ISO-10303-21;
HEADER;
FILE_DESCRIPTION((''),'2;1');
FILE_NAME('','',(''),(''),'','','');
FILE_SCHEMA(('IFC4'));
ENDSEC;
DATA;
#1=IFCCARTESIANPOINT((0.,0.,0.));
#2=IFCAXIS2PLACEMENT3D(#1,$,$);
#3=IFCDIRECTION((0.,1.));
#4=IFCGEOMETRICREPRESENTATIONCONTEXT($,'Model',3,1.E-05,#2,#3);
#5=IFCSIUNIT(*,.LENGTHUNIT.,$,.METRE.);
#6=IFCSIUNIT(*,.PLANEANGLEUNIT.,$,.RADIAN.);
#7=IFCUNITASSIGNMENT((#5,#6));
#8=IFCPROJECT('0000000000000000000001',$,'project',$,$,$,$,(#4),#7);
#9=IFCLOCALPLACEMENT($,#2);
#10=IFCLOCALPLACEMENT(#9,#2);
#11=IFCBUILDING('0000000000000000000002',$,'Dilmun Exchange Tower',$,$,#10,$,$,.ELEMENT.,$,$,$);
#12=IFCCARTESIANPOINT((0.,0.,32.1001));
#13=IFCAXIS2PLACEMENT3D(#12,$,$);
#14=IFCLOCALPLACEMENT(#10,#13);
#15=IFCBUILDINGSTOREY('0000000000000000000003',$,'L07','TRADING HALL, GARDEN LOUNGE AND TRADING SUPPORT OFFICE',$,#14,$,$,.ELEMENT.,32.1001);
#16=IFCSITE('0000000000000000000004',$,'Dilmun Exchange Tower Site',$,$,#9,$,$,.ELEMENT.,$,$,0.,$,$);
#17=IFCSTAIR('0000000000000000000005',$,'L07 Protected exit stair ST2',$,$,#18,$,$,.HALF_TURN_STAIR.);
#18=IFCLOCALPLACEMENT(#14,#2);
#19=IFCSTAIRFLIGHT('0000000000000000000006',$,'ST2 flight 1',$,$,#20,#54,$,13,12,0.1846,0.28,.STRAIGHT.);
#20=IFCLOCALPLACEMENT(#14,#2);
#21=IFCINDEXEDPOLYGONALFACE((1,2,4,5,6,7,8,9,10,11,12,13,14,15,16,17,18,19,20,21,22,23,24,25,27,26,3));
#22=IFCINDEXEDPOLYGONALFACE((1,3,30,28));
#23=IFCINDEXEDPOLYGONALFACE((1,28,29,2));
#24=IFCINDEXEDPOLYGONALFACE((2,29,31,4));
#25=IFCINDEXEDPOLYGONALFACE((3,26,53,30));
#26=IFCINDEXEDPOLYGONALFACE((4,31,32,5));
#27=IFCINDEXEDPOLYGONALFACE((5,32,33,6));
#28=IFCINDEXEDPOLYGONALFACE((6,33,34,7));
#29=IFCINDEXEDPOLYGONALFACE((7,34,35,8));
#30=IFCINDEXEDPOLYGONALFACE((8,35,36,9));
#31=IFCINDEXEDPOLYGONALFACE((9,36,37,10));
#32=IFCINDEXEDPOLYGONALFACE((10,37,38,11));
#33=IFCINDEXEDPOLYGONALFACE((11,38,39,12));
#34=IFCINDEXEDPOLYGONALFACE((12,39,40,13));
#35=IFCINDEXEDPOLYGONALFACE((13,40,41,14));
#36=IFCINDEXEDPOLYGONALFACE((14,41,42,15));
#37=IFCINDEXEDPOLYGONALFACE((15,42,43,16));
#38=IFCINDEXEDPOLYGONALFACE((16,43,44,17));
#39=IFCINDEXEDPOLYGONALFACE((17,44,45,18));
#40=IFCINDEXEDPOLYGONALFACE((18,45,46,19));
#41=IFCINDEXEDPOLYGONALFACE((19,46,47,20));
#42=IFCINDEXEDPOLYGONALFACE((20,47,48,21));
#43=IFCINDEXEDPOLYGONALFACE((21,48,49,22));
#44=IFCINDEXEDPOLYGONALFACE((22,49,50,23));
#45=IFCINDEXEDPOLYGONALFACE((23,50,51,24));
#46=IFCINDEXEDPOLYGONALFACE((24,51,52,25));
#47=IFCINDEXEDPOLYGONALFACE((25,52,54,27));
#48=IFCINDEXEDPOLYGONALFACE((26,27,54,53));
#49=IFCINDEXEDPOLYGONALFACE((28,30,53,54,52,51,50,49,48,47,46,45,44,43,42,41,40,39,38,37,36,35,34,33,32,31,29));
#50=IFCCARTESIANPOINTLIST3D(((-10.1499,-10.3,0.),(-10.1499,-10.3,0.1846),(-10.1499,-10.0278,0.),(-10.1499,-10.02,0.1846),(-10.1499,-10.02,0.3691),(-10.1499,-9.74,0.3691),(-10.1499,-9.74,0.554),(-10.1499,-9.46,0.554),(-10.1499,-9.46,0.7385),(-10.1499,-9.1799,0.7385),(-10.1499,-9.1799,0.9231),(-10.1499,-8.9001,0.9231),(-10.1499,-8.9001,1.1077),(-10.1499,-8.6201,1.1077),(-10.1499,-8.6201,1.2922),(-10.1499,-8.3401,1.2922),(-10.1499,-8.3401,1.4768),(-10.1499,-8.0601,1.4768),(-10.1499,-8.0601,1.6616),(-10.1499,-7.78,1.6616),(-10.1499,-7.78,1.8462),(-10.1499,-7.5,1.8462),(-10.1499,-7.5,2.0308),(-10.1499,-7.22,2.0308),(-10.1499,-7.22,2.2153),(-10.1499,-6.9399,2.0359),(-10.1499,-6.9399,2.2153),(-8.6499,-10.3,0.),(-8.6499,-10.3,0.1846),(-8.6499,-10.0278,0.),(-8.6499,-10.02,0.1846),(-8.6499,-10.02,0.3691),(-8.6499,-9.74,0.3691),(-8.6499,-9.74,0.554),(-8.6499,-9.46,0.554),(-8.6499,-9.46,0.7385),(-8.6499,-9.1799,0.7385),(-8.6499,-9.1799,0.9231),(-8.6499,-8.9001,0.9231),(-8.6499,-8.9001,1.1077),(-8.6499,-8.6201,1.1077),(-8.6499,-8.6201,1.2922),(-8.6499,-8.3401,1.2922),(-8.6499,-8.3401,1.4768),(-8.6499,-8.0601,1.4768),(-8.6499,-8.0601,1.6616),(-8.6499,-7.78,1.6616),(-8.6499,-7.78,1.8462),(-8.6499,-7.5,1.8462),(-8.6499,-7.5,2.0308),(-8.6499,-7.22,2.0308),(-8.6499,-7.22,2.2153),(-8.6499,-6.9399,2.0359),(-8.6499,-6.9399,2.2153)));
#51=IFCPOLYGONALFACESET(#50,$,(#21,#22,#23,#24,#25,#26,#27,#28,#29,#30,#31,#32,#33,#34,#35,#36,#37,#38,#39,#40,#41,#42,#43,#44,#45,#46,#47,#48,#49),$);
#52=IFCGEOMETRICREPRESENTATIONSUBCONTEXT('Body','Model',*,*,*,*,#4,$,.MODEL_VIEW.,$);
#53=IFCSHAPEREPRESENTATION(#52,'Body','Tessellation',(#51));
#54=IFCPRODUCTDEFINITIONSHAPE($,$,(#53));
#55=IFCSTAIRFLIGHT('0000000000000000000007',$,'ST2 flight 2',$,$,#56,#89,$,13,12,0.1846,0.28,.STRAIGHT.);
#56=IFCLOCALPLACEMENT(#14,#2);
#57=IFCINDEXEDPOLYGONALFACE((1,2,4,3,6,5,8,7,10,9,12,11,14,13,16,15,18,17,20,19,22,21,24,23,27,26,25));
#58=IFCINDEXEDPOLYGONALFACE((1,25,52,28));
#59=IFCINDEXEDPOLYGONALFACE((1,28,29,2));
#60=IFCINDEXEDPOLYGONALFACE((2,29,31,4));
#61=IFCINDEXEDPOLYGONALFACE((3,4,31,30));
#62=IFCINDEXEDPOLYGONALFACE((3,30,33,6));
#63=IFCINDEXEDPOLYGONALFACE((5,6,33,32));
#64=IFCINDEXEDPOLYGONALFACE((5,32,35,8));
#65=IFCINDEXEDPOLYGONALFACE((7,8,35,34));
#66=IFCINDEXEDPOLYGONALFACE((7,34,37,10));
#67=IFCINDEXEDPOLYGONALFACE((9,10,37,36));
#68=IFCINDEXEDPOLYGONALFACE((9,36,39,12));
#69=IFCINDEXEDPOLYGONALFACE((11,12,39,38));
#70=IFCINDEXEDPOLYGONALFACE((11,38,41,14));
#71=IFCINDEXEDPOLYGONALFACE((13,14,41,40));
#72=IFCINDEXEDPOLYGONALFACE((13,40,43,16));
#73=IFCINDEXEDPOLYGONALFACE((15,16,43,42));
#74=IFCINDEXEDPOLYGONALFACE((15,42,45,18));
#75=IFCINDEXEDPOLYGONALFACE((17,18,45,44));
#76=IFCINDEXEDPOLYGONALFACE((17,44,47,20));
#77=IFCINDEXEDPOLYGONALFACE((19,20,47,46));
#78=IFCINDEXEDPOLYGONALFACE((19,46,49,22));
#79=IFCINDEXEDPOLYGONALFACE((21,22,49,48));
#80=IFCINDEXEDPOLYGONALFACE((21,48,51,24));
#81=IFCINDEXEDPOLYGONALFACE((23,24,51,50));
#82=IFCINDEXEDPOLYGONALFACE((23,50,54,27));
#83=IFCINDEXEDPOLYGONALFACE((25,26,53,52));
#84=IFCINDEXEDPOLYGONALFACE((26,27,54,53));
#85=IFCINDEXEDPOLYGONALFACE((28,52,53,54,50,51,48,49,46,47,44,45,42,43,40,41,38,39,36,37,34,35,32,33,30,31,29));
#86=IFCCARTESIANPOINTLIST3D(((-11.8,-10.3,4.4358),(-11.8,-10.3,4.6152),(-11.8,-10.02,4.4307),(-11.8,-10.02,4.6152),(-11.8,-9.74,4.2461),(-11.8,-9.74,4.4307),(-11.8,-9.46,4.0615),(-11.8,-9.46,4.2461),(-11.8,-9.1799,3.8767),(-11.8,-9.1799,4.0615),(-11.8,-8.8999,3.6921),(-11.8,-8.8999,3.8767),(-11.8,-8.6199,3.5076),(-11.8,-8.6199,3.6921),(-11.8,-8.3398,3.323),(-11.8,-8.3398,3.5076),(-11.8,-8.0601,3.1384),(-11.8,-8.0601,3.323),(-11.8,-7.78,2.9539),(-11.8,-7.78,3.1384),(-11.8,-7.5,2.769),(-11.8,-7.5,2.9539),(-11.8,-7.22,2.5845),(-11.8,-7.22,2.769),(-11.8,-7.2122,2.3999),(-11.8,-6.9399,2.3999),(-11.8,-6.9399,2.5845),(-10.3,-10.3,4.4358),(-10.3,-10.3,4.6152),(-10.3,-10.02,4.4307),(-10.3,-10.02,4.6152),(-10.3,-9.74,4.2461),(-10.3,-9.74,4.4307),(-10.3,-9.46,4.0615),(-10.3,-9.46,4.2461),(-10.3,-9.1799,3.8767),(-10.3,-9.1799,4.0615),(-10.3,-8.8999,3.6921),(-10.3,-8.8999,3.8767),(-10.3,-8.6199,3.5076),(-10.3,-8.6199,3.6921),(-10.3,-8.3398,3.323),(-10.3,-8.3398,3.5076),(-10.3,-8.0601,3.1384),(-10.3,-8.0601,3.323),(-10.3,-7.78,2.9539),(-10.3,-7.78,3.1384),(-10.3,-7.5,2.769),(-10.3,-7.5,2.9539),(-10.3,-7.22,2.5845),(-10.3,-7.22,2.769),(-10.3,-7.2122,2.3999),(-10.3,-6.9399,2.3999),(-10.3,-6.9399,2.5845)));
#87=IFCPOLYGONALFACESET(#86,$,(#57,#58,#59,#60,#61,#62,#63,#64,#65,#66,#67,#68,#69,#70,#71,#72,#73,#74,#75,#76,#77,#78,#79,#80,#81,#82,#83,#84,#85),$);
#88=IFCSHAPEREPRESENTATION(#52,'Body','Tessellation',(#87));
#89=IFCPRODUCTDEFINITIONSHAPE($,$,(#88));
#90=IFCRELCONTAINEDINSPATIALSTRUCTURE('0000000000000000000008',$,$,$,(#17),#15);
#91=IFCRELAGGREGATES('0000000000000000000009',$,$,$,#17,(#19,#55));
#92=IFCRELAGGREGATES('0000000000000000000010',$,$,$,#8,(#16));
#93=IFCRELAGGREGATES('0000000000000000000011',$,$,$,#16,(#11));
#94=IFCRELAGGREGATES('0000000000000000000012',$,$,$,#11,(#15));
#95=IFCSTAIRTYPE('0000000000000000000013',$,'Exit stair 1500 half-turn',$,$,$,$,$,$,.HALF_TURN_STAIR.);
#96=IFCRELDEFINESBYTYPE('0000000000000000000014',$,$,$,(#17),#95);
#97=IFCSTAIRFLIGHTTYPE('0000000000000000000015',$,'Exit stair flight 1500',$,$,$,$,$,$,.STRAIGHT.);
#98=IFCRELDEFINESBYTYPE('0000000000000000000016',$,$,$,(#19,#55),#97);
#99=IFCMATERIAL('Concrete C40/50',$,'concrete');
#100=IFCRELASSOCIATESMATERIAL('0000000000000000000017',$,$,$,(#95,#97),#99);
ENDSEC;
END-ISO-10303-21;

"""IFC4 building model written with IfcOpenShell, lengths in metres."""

from ifc_helpers import new_model, si_unit, direction, frame, origin, place, context, subcontext, project, spatial, polyline, outline, extrude, material, type_object, element, aggregate, save


model = new_model("IFC4")

# Units and contexts
model_context = context("Model", 3, precision=1e-05, world=origin(), true_north=direction((0.0, 1.0)))
body_context = subcontext(model_context, "Body", "Model", "MODEL_VIEW")
ifc_project = project(units=[si_unit("LENGTHUNIT", "METRE"), si_unit("PLANEANGLEUNIT", "RADIAN")], contexts=[model_context])

# Site, building, storey
site_placement = place(None, origin())
site = spatial("IfcSite", under=ifc_project, at=site_placement, Name="Dilmun Exchange Tower Site", CompositionType="ELEMENT", RefElevation=0.0)
building_placement = place(site_placement, origin())
building = spatial("IfcBuilding", under=site, at=building_placement, Name="Dilmun Exchange Tower", CompositionType="ELEMENT")
storey_placement = place(building_placement, frame((0.0, 0.0, 32.1001)))
storey = spatial("IfcBuildingStorey", under=building, at=storey_placement, Name="L07", Description="TRADING HALL, GARDEN LOUNGE AND TRADING SUPPORT OFFICE", CompositionType="ELEMENT", Elevation=32.1001)

# Shared definitions
ifc_material_1 = material(Name="Concrete C40/50", Category="concrete")

# Stair, stair flights
stair_type = type_object("IfcStairType", Name="Exit stair 1500 half-turn", PredefinedType="HALF_TURN_STAIR", material=ifc_material_1)
stair_placement = place(storey_placement, origin())
stair = element("IfcStair", 1, at=stair_placement, inside=storey, type_object=stair_type, Name="L07 Protected exit stair ST2", PredefinedType="HALF_TURN_STAIR")
stair_flight_type = type_object("IfcStairFlightType", Name="Exit stair flight 1500", PredefinedType="STRAIGHT", material=ifc_material_1)
stair_flight_1_placement = place(storey_placement, frame((-9.3999, -10.3, 0.0), z_axis=(0.0, 0.0, 1.0), x_axis=(0.0, 1.0, 0.0)))
stair_flight_1 = element("IfcStairFlight", 2, at=stair_flight_1_placement, type_object=stair_flight_type, Name="ST2 flight 1", NumberOfRisers=13, NumberOfTreads=12, PredefinedType="STRAIGHT", RiserHeight=0.1846, TreadLength=0.28, context=body_context, shape_type="SweptSolid", body=[
    extrude(outline(polyline([(0.0, 0.0), (0.0, 0.1846), (0.28, 0.1846), (0.28, 0.3691), (0.5601, 0.3691), (0.5601, 0.554), (0.8401, 0.554), (0.8401, 0.7385), (1.1201, 0.7385), (1.1201, 0.9231), (1.3999, 0.9231), (1.3999, 1.1077), (1.6799, 1.1077), (1.6799, 1.2922), (1.96, 1.2922), (1.96, 1.4768), (2.24, 1.4768), (2.24, 1.6616), (2.52, 1.6616), (2.52, 1.8462), (2.8, 1.8462), (2.8, 2.0308), (3.0801, 2.0308), (3.0801, 2.2153), (3.3601, 2.2153), (3.3601, 2.3999), (3.3601, 2.0359), (0.2722, 0.0), (0.0, 0.0)])), frame((0.0, 0.75, 0.0), z_axis=(0.0, -1.0, 0.0), x_axis=(1.0, 0.0, 0.0)), (0.0, 0.0, 1.0), 1.5),
])
stair_flight_2_placement = place(storey_placement, frame((-11.05, -6.9399, 2.3999), z_axis=(0.0, 0.0, 1.0), x_axis=(0.0, -1.0, 0.0)))
stair_flight_2 = element("IfcStairFlight", 3, at=stair_flight_2_placement, type_object=stair_flight_type, Name="ST2 flight 2", NumberOfRisers=13, NumberOfTreads=12, PredefinedType="STRAIGHT", RiserHeight=0.1846, TreadLength=0.28, context=body_context, shape_type="SweptSolid", body=[
    extrude(outline(polyline([(0.0, 0.0), (0.0, 0.1846), (0.28, 0.1846), (0.28, 0.3691), (0.5601, 0.3691), (0.5601, 0.554), (0.8401, 0.554), (0.8401, 0.7385), (1.1201, 0.7385), (1.1201, 0.9231), (1.3999, 0.9231), (1.3999, 1.1077), (1.6799, 1.1077), (1.6799, 1.2922), (1.96, 1.2922), (1.96, 1.4768), (2.24, 1.4768), (2.24, 1.6616), (2.52, 1.6616), (2.52, 1.8462), (2.8, 1.8462), (2.8, 2.0308), (3.0801, 2.0308), (3.0801, 2.2153), (3.3601, 2.2153), (3.3601, 2.3999), (3.3601, 2.0359), (0.2722, 0.0), (0.0, 0.0)])), frame((0.0, 0.75, 0.0), z_axis=(0.0, -1.0, 0.0), x_axis=(1.0, 0.0, 0.0)), (0.0, 0.0, 1.0), 1.5),
])
aggregate(stair, [stair_flight_1, stair_flight_2])

save(model, "model.ifc")
